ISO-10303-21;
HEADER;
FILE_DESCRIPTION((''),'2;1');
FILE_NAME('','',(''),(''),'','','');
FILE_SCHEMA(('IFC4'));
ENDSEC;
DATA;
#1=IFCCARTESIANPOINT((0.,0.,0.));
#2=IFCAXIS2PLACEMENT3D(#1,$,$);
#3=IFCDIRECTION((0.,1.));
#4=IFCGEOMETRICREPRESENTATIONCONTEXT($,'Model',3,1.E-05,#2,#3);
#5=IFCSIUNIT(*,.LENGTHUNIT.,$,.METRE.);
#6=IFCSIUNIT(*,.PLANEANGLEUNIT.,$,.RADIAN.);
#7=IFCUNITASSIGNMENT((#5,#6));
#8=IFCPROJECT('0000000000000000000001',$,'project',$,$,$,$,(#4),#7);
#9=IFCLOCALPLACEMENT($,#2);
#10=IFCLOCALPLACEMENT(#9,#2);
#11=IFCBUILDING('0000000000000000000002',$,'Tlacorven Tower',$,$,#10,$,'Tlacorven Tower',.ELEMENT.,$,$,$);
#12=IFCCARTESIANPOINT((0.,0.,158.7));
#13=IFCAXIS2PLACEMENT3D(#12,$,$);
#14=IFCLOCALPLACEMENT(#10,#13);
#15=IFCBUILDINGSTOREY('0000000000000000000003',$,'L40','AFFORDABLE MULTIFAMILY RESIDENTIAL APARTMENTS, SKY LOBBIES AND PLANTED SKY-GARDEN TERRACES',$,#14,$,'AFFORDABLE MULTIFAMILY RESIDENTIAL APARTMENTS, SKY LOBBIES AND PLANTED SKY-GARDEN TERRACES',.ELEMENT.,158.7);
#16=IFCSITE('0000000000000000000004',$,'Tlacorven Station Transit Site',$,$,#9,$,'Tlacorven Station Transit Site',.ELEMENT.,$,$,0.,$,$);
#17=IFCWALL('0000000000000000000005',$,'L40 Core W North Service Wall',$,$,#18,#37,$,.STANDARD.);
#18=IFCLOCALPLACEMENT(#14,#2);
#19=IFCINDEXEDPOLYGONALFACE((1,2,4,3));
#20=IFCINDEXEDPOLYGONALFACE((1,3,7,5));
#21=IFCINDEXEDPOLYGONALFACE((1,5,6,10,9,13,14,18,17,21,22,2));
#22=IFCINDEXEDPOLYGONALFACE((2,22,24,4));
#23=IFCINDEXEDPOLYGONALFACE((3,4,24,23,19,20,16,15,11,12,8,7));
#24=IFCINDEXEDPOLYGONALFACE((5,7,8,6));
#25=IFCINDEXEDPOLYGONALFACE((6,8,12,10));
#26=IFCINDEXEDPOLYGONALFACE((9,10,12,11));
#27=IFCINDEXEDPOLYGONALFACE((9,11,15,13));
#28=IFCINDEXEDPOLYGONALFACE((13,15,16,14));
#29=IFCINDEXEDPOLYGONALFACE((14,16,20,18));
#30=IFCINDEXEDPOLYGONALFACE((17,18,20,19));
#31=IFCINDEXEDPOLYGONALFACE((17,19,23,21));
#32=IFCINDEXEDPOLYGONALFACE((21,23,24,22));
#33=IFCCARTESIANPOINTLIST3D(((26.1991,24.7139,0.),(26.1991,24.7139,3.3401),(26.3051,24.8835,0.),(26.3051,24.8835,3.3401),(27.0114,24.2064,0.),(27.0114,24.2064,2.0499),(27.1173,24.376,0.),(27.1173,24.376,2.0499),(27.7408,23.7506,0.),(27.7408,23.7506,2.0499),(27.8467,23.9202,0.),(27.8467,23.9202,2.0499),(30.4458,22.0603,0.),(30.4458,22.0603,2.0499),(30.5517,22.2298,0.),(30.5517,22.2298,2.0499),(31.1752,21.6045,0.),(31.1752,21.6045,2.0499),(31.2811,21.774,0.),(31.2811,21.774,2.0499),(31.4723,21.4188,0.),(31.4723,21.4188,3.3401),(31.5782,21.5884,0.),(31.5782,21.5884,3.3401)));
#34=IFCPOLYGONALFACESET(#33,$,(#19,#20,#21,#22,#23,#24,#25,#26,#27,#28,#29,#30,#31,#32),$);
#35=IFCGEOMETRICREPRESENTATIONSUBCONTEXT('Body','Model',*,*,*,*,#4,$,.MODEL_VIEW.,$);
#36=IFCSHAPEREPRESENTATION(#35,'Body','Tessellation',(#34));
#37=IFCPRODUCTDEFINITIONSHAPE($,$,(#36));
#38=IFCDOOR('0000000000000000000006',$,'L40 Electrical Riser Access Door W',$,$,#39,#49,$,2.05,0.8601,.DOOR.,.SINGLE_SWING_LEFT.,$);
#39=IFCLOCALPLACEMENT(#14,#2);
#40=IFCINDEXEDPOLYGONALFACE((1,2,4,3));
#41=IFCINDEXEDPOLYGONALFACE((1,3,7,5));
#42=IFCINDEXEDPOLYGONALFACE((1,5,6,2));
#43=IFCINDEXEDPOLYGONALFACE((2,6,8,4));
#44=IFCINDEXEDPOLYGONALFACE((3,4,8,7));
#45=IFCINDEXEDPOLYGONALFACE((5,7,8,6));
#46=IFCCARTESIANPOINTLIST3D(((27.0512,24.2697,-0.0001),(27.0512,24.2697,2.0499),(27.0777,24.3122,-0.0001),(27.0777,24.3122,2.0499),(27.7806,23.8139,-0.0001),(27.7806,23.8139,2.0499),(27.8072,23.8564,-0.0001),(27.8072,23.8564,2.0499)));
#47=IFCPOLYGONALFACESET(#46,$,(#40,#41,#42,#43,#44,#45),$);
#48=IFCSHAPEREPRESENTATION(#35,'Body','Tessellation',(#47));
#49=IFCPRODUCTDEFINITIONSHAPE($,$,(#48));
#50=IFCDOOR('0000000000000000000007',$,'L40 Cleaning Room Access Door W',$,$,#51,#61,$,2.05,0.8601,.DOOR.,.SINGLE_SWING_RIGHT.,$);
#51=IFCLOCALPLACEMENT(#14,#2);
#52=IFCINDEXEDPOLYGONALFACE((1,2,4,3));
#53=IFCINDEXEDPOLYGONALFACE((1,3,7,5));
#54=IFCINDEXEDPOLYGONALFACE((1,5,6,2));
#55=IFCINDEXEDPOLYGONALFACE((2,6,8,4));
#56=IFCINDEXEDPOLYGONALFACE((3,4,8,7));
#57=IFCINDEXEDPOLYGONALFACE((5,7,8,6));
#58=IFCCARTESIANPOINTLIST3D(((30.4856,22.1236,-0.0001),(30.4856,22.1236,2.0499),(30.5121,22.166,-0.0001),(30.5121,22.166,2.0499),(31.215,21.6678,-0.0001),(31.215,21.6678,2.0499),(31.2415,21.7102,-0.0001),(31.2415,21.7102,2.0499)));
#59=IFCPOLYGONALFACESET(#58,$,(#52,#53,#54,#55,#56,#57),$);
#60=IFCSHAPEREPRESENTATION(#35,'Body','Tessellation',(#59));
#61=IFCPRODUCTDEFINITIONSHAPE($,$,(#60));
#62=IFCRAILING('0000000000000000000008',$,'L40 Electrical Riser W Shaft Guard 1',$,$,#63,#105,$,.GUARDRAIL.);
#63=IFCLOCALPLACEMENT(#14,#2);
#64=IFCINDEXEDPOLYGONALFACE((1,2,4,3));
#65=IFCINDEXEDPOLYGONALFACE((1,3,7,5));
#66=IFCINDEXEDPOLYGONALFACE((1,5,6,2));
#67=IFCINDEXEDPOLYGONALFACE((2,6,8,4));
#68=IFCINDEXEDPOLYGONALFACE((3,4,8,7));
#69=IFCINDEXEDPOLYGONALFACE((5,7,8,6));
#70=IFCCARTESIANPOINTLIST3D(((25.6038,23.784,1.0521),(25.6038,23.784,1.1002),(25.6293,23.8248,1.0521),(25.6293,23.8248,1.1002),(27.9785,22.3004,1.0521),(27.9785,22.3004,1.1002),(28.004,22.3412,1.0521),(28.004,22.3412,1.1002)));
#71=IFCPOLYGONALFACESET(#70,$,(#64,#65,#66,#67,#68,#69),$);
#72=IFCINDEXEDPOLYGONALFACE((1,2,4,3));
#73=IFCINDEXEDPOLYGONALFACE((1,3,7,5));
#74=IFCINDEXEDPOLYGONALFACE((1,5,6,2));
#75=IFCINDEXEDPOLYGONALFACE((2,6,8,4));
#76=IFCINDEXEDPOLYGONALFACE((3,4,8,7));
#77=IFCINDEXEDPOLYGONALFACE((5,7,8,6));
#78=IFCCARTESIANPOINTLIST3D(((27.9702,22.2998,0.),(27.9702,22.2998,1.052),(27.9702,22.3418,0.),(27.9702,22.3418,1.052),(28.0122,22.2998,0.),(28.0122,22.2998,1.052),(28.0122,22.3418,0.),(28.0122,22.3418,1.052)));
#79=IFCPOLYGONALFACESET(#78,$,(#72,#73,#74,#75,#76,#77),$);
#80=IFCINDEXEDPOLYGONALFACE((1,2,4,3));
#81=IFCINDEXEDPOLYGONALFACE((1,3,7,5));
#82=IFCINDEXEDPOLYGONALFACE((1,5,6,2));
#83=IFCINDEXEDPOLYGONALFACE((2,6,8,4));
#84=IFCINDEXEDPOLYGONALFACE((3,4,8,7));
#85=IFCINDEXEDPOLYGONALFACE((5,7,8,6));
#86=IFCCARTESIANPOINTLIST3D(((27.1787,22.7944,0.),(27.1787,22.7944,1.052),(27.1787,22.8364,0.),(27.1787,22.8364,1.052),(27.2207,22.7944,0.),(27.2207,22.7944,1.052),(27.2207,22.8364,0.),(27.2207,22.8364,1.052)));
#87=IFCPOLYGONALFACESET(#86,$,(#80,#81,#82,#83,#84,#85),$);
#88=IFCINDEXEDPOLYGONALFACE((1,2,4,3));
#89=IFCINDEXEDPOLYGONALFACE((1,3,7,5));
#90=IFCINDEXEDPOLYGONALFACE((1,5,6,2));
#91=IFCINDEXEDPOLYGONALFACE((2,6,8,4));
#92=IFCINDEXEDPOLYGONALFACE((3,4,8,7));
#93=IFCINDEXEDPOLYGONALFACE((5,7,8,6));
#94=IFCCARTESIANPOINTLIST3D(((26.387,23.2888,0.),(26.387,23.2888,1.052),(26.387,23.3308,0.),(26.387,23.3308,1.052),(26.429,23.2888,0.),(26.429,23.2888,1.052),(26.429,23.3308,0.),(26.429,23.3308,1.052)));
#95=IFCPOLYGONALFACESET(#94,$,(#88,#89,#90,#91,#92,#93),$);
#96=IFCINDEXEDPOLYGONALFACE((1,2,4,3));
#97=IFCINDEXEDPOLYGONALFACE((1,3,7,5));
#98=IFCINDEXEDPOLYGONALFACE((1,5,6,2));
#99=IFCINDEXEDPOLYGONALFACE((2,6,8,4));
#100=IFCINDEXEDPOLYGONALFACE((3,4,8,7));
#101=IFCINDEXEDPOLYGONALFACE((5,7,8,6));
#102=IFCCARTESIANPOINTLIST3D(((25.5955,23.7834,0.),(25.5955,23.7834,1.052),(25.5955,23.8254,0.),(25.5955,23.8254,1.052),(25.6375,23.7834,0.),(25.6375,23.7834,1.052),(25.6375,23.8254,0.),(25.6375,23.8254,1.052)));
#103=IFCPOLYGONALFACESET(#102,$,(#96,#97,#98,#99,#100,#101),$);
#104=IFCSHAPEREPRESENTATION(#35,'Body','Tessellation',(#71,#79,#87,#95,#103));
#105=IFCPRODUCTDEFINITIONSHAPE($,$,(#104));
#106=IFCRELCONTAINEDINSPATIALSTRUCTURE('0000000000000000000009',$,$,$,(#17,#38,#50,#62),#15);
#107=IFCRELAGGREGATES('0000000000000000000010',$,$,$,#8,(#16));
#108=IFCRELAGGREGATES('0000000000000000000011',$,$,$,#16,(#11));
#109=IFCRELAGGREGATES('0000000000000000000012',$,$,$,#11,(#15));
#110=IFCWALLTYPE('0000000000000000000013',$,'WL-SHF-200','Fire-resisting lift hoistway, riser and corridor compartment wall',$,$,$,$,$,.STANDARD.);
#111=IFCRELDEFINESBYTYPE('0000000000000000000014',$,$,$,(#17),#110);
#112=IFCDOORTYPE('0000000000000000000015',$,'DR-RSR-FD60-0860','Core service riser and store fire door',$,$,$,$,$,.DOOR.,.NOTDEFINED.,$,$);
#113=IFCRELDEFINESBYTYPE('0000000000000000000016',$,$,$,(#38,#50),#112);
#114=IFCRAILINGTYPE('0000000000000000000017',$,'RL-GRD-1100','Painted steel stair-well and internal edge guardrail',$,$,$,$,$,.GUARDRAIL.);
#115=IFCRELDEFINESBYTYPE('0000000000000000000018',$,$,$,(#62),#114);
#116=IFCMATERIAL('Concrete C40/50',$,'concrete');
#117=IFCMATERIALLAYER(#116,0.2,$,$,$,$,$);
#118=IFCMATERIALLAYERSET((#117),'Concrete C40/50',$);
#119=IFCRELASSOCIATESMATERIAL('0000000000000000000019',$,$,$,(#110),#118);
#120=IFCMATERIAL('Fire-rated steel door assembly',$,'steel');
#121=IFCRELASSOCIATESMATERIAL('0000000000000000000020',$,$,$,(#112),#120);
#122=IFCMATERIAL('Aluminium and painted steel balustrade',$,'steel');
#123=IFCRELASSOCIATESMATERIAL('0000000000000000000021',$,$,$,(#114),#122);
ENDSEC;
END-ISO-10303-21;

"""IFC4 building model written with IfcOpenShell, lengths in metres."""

from ifc_helpers import new_model, si_unit, direction, frame, frame_2d, origin, origin_2d, place, context, subcontext, project, spatial, rectangle, extrude, source, transform, mapped, material, layer, layer_set, type_object, element, fill, save


model = new_model("IFC4")

# Units and contexts
model_context = context("Model", 3, precision=1e-05, world=origin(), true_north=direction((0.0, 1.0)))
body_context = subcontext(model_context, "Body", "Model", "MODEL_VIEW")
ifc_project = project(units=[si_unit("LENGTHUNIT", "METRE"), si_unit("PLANEANGLEUNIT", "RADIAN")], contexts=[model_context])

# Site, building, storey
site_placement = place(None, origin())
site = spatial("IfcSite", under=ifc_project, at=site_placement, Name="Tlacorven Station Transit Site", LongName="Tlacorven Station Transit Site", CompositionType="ELEMENT", RefElevation=0.0)
building_placement = place(site_placement, origin())
building = spatial("IfcBuilding", under=site, at=building_placement, Name="Tlacorven Tower", LongName="Tlacorven Tower", CompositionType="ELEMENT")
storey_placement = place(building_placement, frame((0.0, 0.0, 158.7)))
storey = spatial("IfcBuildingStorey", under=building, at=storey_placement, Name="L40", Description="AFFORDABLE MULTIFAMILY RESIDENTIAL APARTMENTS, SKY LOBBIES AND PLANTED SKY-GARDEN TERRACES", LongName="AFFORDABLE MULTIFAMILY RESIDENTIAL APARTMENTS, SKY LOBBIES AND PLANTED SKY-GARDEN TERRACES", CompositionType="ELEMENT", Elevation=158.7)

# Shared definitions
ifc_material_1 = material(Name="Concrete C40/50", Category="concrete")
ifc_layer_1 = layer(ifc_material_1, 0.2)
ifc_layer_set_1 = layer_set([ifc_layer_1], Name="Concrete C40/50")
wall_type_1 = type_object("IfcWallType", Name="WL-SHF-200", Description="Fire-resisting lift hoistway, riser and corridor compartment wall", PredefinedType="STANDARD", material=ifc_layer_set_1)

# Shared definitions
ifc_material_2 = material(Name="Fire-rated steel door assembly", Category="steel")

# Wall, openings, doors
wall_1_placement = place(storey_placement, frame((31.5251, 21.5037, 0.0), z_axis=(0.0, 0.0, 1.0), x_axis=(-0.84804, 0.529932, 0.0)))
wall_1 = element("IfcWall", 1, at=wall_1_placement, inside=storey, type_object=wall_type_1, Name="L40 Core W North Service Wall", PredefinedType="STANDARD", context=body_context, shape_type="SweptSolid", body=[
    extrude(rectangle(XDim=6.218, YDim=0.2, at=frame_2d((3.1089, 0.0))), origin(), (0.0, 0.0, 1.0), 3.3401),
])
opening_1_placement = place(wall_1_placement, frame((4.3999, 0.0, 0.0)))
opening_1 = element("IfcOpeningElement", 2, at=opening_1_placement, cuts=wall_1, PredefinedType="OPENING", context=body_context, shape_type="SweptSolid", body=[
    extrude(rectangle(XDim=0.8601, YDim=2.05, at=frame_2d((0.4302, 1.0249))), frame((0.0, 0.1099, 0.0), z_axis=(0.0, -1.0, 0.0), x_axis=(1.0, 0.0, 0.0)), (0.0, 0.0, 1.0), 0.22),
])
opening_2_placement = place(wall_1_placement, frame((0.3501, 0.0, 0.0)))
opening_2 = element("IfcOpeningElement", 3, at=opening_2_placement, cuts=wall_1, PredefinedType="OPENING", context=body_context, shape_type="SweptSolid", body=[
    extrude(rectangle(XDim=0.8601, YDim=2.05, at=frame_2d((0.4302, 1.0249))), frame((0.0, 0.1099, 0.0), z_axis=(0.0, -1.0, 0.0), x_axis=(1.0, 0.0, 0.0)), (0.0, 0.0, 1.0), 0.22),
])
door_type_1 = type_object("IfcDoorType", Name="DR-RSR-FD60-0860", Description="Core service riser and store fire door", OperationType="NOTDEFINED", PredefinedType="DOOR", material=ifc_material_2)
shared_shape_1 = source(origin(), body_context, "Body", "SweptSolid", [
    extrude(rectangle(XDim=0.8601, YDim=2.05, at=frame_2d((0.4302, 1.0249))), frame((0.0, 0.0249, 0.0), z_axis=(0.0, -1.0, 0.0), x_axis=(1.0, 0.0, 0.0)), (0.0, 0.0, 1.0), 0.05),
])
door_1_placement = place(opening_1_placement, frame((0.8601, 0.0, 0.0), z_axis=(0.0, 0.0, 1.0), x_axis=(-1.0, 0.0, 0.0)))
door_1 = element("IfcDoor", 4, at=door_1_placement, inside=storey, type_object=door_type_1, Name="L40 Electrical Riser Access Door W", OperationType="SINGLE_SWING_LEFT", OverallHeight=2.05, OverallWidth=0.8601, PredefinedType="DOOR", context=body_context, shape_type="MappedRepresentation", body=[
    mapped(shared_shape_1, transform((0.0, 0.0, 0.0), scale=1.0)),
])
fill(opening_1, door_1)
door_2_placement = place(opening_2_placement, frame((0.8601, 0.0, 0.0), z_axis=(0.0, 0.0, 1.0), x_axis=(-1.0, 0.0, 0.0)))
door_2 = element("IfcDoor", 5, at=door_2_placement, inside=storey, type_object=door_type_1, Name="L40 Cleaning Room Access Door W", OperationType="SINGLE_SWING_RIGHT", OverallHeight=2.05, OverallWidth=0.8601, PredefinedType="DOOR", context=body_context, shape_type="MappedRepresentation", body=[
    mapped(shared_shape_1, transform((0.0, 0.0, 0.0), scale=1.0)),
])
fill(opening_2, door_2)

# Railing
ifc_material_3 = material(Name="Aluminium and painted steel balustrade", Category="steel")
railing_type = type_object("IfcRailingType", Name="RL-GRD-1100", Description="Painted steel stair-well and internal edge guardrail", PredefinedType="GUARDRAIL", material=ifc_material_3)
shared_shape_2 = source(origin(), body_context, "Body", "SweptSolid", [
    extrude(rectangle(XDim=0.0481, YDim=0.0481, at=origin_2d()), frame((0.0, 0.0, 1.0762), z_axis=(-0.848091, 0.52985, 0.0), x_axis=(-0.52985, -0.848091, 0.0)), (0.0, 0.0, 1.0), 2.8),
    extrude(rectangle(XDim=0.042, YDim=0.042, at=origin_2d()), origin(), (0.0, 0.0, 1.0), 1.052),
    extrude(rectangle(XDim=0.042, YDim=0.042, at=origin_2d()), frame((-0.7915, 0.4946, 0.0)), (0.0, 0.0, 1.0), 1.052),
    extrude(rectangle(XDim=0.042, YDim=0.042, at=origin_2d()), frame((-1.5833, 0.989, 0.0)), (0.0, 0.0, 1.0), 1.052),
    extrude(rectangle(XDim=0.042, YDim=0.042, at=origin_2d()), frame((-2.3748, 1.4836, 0.0)), (0.0, 0.0, 1.0), 1.052),
])
railing_placement = place(storey_placement, frame((27.9912, 22.3208, 0.0)))
element("IfcRailing", 6, at=railing_placement, inside=storey, type_object=railing_type, Name="L40 Electrical Riser W Shaft Guard 1", PredefinedType="GUARDRAIL", context=body_context, shape_type="MappedRepresentation", body=[
    mapped(shared_shape_2, transform((0.0, 0.0, 0.0), scale=1.0)),
])

save(model, "model.ifc")
